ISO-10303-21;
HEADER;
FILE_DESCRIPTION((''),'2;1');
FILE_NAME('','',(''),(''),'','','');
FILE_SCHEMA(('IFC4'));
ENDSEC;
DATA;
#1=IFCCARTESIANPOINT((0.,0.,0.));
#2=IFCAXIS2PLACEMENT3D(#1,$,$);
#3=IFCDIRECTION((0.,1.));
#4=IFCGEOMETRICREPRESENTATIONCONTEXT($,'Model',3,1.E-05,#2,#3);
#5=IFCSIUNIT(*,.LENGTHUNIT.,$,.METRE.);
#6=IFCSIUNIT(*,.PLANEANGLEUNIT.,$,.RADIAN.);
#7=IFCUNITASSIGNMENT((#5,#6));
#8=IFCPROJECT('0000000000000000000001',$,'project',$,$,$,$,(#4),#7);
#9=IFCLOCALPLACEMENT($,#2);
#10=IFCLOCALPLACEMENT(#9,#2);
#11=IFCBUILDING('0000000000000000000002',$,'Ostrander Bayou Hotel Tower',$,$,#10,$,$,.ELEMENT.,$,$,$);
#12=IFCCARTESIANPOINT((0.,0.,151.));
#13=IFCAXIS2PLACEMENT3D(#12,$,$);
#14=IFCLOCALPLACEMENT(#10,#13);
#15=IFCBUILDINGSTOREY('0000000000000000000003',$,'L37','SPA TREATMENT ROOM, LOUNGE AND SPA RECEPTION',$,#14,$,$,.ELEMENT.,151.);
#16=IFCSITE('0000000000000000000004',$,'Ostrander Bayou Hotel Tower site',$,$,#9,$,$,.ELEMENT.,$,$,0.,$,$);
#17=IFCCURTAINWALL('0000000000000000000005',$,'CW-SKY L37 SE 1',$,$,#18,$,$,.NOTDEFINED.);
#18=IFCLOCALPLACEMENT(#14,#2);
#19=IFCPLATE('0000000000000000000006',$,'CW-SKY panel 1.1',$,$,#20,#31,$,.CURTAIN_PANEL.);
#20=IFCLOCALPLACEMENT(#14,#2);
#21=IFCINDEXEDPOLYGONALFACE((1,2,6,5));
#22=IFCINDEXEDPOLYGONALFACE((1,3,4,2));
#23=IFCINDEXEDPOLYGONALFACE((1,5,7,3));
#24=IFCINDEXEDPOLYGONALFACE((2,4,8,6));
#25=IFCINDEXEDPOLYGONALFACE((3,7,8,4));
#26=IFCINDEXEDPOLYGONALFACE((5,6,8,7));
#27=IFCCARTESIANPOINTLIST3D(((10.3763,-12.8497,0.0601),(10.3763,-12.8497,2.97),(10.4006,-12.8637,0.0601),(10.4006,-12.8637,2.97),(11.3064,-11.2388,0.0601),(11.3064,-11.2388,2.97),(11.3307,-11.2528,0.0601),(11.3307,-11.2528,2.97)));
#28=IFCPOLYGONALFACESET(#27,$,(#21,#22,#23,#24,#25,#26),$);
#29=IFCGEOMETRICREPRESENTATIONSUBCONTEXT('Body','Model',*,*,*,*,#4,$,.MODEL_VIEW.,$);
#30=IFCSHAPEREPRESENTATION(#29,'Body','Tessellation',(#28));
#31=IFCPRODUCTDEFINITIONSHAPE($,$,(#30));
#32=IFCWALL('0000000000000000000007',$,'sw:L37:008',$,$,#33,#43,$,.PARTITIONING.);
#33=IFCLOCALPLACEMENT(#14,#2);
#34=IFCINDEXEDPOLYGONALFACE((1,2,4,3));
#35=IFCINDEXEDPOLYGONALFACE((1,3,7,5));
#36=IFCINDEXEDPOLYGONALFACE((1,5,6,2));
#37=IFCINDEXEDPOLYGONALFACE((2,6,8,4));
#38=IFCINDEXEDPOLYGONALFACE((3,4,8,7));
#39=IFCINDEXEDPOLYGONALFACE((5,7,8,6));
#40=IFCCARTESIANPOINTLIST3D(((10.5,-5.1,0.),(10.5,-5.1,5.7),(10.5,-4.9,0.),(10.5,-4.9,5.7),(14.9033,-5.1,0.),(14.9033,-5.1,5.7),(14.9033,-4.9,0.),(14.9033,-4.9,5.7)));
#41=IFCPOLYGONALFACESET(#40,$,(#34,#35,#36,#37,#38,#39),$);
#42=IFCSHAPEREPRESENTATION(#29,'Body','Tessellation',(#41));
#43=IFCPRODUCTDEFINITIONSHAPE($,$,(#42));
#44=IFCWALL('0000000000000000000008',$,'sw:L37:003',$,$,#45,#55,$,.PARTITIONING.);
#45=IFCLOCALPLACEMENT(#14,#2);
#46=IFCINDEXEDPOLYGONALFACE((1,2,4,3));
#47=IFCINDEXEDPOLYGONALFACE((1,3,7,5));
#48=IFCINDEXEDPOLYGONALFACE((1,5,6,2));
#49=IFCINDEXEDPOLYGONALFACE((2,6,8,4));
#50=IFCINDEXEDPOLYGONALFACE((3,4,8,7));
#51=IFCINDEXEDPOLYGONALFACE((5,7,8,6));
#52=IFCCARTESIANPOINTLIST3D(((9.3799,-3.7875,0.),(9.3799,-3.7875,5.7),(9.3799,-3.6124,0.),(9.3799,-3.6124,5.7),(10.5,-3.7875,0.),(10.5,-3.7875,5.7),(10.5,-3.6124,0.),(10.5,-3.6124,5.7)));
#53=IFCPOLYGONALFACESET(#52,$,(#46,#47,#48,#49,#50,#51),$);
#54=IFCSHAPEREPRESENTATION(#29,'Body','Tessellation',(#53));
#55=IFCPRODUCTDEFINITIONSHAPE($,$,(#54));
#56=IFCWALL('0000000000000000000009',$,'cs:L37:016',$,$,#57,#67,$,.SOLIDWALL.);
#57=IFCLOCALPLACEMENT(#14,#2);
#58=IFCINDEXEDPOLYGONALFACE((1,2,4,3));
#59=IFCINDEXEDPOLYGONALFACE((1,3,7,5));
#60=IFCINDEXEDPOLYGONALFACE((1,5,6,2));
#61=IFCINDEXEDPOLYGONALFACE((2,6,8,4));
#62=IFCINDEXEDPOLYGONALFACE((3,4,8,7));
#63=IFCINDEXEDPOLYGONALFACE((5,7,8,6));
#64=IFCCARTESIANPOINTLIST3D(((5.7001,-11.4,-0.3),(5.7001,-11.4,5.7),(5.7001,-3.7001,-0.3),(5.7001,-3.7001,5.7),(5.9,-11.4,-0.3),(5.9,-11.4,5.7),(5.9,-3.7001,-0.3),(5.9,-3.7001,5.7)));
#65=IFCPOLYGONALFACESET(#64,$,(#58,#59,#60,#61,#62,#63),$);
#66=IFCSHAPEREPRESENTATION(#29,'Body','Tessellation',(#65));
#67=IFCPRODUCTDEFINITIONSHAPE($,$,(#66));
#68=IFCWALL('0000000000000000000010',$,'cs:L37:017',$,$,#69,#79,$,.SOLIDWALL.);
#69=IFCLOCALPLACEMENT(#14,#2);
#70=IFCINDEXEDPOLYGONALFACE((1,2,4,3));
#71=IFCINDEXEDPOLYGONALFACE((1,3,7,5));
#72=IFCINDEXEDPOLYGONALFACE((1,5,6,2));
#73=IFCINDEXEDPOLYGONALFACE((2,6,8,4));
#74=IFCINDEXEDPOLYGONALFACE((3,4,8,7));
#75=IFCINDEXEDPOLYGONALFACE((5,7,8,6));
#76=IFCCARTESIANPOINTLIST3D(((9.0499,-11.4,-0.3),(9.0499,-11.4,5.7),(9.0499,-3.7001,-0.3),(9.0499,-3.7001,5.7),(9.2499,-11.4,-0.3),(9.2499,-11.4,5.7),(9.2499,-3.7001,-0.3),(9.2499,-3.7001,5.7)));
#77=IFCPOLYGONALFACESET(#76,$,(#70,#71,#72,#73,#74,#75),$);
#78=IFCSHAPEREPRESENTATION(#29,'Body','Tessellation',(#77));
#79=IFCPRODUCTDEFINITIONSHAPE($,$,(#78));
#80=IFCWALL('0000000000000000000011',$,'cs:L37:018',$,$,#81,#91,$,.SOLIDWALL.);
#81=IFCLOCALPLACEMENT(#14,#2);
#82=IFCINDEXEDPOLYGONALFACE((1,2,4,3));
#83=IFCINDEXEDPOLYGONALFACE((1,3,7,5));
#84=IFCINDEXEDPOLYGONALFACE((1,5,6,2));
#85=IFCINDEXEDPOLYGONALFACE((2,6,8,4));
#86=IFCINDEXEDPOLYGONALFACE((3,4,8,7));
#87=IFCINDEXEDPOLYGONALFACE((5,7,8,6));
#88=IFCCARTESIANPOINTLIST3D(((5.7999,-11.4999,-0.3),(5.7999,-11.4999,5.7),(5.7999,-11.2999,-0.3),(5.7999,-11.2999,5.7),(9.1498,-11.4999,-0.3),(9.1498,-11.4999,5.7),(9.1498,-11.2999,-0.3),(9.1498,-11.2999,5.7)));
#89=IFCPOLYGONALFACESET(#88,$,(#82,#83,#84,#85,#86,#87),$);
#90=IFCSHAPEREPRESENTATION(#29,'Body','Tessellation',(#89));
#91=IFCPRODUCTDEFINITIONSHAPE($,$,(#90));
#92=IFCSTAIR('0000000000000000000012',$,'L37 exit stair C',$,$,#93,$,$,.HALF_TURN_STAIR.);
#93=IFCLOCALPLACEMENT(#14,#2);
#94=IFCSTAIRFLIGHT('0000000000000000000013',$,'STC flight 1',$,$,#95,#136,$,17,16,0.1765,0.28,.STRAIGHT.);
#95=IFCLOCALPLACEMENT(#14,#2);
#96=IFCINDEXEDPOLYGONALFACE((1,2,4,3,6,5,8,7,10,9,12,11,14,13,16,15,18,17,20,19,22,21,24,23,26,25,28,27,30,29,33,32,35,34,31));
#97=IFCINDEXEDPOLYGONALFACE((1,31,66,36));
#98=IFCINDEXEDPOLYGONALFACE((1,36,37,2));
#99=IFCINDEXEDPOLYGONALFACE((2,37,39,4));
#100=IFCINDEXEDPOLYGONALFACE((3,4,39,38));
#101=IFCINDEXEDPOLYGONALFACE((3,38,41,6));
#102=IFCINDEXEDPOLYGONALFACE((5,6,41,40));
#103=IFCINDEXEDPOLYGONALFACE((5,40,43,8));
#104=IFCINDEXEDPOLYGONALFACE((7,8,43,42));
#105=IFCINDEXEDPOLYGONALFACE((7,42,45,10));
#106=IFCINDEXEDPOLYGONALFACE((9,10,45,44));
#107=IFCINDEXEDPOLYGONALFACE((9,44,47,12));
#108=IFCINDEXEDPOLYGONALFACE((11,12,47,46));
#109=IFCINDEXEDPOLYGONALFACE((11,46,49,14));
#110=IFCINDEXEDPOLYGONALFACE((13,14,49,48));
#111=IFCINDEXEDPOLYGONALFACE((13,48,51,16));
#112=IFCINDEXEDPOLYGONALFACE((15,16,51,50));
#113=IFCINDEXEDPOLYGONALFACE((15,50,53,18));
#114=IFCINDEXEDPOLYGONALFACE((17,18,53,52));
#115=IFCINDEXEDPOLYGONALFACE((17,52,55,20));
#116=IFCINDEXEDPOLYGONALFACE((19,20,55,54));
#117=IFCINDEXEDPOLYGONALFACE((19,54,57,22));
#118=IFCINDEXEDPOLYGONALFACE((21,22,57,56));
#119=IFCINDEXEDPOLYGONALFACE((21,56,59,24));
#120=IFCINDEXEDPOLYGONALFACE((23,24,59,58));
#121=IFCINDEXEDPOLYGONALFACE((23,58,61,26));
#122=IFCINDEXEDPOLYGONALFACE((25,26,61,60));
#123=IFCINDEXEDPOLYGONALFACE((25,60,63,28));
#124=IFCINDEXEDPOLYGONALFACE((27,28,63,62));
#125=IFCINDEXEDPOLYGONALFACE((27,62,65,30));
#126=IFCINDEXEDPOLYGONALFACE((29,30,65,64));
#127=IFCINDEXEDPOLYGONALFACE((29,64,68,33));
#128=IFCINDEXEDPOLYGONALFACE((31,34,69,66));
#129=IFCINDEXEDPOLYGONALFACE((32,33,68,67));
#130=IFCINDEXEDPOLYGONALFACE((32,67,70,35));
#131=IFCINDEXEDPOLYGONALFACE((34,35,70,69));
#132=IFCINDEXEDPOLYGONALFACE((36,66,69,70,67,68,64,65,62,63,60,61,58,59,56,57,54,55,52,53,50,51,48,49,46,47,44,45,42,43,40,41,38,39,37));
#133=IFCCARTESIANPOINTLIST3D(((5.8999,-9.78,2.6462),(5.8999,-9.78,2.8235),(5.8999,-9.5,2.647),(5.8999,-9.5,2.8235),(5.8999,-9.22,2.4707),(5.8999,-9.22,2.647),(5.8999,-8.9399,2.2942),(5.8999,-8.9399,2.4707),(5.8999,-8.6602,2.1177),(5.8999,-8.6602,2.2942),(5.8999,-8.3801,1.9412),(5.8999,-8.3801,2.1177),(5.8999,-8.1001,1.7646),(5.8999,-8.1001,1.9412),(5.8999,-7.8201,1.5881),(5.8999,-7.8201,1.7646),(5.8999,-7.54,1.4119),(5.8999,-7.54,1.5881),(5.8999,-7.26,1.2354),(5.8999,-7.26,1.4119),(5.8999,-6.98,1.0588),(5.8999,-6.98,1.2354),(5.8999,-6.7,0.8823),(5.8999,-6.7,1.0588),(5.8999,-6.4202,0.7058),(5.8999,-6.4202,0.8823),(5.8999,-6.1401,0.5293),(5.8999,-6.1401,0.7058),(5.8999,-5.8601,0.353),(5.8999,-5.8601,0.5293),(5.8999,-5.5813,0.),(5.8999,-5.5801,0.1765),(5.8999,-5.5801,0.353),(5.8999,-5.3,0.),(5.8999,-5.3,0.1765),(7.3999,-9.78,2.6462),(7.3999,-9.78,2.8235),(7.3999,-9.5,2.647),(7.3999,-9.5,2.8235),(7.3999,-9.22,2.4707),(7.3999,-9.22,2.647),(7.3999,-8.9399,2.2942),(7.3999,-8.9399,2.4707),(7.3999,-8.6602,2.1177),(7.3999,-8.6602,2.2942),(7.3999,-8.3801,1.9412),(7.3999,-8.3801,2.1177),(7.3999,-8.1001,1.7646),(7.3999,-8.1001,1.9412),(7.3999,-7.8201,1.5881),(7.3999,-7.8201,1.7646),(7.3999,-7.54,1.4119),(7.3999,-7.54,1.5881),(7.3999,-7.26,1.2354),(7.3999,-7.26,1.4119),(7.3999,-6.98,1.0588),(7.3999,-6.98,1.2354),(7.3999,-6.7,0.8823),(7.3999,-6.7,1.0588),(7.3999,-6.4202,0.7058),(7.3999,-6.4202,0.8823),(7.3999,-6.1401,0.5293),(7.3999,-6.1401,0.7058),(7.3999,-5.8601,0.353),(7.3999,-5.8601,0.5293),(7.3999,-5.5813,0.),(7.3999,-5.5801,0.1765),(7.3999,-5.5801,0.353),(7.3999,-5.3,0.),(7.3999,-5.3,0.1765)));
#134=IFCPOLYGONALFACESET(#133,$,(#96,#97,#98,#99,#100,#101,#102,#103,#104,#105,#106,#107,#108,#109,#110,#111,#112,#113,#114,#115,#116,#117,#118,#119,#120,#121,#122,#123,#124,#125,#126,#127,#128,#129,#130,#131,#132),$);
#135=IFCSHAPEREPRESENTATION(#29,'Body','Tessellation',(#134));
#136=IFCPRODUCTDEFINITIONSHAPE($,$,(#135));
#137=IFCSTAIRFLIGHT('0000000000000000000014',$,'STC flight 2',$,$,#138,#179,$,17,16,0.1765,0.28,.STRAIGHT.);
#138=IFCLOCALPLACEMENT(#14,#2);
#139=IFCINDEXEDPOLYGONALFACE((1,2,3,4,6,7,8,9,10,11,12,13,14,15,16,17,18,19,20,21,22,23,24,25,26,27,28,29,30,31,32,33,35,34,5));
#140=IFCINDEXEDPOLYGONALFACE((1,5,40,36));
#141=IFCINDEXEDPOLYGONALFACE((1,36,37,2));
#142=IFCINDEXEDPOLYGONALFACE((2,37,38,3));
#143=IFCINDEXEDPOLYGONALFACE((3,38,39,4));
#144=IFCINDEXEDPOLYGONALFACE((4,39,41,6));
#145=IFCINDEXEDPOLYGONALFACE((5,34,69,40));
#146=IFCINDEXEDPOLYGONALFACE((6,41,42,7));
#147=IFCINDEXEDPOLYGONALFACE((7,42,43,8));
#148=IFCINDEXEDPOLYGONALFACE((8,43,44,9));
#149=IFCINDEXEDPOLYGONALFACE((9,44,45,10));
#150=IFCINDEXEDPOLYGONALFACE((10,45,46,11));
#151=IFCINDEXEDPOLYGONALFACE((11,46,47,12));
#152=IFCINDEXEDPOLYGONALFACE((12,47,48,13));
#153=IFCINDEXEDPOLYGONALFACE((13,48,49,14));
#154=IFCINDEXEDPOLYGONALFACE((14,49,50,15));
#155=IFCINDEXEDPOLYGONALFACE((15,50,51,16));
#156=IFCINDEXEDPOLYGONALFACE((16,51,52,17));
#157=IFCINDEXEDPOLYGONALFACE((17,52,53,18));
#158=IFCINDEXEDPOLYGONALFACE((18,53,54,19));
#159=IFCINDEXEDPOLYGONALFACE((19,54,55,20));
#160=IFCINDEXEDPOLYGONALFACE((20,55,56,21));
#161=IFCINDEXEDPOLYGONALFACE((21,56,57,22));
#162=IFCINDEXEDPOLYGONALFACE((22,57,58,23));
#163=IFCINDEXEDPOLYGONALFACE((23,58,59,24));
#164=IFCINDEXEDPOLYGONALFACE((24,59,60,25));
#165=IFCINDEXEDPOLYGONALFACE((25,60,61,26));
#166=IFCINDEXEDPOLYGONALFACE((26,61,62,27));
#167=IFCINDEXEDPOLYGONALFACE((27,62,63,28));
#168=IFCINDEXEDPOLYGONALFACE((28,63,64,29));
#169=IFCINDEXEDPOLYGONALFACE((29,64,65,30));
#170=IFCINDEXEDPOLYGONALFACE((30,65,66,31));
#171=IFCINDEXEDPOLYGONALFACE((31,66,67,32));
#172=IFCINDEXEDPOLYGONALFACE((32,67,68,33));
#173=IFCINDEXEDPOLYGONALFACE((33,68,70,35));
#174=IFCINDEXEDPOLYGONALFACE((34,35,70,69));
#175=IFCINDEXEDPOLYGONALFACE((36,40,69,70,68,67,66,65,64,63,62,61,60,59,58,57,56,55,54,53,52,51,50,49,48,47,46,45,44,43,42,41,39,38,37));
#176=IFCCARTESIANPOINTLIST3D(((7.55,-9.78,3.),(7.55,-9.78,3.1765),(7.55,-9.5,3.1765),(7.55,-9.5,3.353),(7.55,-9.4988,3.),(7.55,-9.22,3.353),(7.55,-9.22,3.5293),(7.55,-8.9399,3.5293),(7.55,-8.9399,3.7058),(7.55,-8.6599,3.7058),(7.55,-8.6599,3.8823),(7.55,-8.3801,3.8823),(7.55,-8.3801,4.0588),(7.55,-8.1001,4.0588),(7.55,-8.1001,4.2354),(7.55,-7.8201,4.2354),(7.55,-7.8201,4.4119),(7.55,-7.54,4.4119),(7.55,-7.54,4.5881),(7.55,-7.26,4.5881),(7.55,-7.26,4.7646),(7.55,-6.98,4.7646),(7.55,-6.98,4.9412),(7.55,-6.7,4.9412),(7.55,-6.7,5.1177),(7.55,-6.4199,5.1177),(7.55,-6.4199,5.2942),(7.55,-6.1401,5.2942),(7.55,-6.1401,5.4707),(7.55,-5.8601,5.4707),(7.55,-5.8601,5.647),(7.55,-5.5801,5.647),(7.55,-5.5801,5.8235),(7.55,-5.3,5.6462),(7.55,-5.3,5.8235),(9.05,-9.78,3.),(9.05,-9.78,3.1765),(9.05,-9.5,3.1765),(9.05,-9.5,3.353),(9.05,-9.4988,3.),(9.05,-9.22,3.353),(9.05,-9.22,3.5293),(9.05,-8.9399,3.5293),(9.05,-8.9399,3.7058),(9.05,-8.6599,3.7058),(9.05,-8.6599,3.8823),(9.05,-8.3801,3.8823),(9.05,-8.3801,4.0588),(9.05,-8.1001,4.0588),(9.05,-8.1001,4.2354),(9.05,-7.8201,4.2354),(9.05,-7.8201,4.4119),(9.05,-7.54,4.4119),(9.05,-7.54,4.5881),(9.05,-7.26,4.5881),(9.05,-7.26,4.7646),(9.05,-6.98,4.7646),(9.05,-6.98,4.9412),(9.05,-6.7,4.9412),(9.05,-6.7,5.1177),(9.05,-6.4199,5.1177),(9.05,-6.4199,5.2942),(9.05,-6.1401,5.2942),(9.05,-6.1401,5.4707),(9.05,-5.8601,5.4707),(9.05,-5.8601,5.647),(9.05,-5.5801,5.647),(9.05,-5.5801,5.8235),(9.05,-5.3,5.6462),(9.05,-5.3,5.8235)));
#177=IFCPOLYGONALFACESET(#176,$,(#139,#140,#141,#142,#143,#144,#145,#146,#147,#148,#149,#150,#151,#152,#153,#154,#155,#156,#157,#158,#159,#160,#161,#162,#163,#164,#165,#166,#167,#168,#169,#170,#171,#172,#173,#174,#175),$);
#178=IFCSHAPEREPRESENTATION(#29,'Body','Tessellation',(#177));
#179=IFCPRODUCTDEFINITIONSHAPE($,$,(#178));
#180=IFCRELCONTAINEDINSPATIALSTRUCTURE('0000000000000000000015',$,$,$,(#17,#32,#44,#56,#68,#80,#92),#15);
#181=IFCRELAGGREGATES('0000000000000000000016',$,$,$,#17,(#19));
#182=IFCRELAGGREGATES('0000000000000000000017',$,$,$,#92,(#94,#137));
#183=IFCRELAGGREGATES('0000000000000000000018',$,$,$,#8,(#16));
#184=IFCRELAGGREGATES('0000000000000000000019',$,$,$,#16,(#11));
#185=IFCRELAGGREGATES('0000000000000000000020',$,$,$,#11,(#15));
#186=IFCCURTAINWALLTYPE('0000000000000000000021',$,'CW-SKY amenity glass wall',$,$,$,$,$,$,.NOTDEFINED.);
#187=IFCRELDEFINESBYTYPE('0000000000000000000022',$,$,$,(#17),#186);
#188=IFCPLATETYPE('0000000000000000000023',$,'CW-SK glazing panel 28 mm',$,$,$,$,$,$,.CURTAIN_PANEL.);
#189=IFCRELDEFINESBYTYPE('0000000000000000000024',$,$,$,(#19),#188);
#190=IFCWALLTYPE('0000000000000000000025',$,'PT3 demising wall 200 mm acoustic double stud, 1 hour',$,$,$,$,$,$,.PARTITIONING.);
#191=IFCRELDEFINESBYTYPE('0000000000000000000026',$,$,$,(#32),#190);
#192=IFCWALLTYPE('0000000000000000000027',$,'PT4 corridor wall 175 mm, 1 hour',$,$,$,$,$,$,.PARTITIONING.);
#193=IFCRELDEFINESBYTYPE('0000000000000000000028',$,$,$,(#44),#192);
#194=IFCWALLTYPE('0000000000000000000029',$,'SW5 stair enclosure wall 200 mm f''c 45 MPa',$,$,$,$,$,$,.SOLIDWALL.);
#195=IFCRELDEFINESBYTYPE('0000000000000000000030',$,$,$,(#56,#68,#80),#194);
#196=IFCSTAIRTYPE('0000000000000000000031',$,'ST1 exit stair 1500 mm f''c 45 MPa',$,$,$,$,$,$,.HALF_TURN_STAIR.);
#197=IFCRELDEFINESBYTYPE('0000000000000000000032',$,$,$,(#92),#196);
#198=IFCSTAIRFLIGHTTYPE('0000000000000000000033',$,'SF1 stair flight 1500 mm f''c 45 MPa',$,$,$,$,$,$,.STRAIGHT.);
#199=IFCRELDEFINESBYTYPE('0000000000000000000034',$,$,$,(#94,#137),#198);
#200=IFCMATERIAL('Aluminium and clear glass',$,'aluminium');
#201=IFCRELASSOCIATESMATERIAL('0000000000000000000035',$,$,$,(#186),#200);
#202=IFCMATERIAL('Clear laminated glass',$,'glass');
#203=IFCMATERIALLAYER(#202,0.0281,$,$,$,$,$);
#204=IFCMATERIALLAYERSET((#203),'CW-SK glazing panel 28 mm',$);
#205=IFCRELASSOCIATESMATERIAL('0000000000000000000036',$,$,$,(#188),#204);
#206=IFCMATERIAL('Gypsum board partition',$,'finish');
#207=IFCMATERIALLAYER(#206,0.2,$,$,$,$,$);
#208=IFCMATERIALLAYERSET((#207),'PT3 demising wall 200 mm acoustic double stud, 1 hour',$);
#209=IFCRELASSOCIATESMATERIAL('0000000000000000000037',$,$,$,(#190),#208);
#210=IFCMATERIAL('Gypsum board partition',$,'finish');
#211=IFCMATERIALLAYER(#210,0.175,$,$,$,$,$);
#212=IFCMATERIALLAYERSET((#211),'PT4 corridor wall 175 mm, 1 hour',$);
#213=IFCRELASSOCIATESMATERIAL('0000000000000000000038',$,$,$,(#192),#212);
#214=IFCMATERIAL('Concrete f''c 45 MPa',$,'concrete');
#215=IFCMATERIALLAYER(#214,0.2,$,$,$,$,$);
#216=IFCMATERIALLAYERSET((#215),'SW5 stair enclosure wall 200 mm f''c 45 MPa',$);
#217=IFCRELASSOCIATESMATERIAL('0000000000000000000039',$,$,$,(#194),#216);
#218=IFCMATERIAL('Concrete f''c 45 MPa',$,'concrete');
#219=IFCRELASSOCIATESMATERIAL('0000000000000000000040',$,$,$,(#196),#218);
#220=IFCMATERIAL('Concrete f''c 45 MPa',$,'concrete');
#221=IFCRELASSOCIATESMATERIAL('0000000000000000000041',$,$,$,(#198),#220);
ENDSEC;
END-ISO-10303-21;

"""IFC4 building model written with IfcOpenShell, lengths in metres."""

from ifc_helpers import new_model, si_unit, direction, frame, frame_2d, origin, origin_2d, place, context, subcontext, project, spatial, polyline, rectangle, outline, extrude, material, layer, layer_set, type_object, element, aggregate, save


model = new_model("IFC4")

# Units and contexts
model_context = context("Model", 3, precision=1e-05, world=origin(), true_north=direction((0.0, 1.0)))
body_context = subcontext(model_context, "Body", "Model", "MODEL_VIEW")
ifc_project = project(units=[si_unit("LENGTHUNIT", "METRE"), si_unit("PLANEANGLEUNIT", "RADIAN")], contexts=[model_context])

# Site, building, storey
site_placement = place(None, origin())
site = spatial("IfcSite", under=ifc_project, at=site_placement, Name="Ostrander Bayou Hotel Tower site", CompositionType="ELEMENT", RefElevation=0.0)
building_placement = place(site_placement, origin())
building = spatial("IfcBuilding", under=site, at=building_placement, Name="Ostrander Bayou Hotel Tower", CompositionType="ELEMENT")
storey_placement = place(building_placement, frame((0.0, 0.0, 151.0)))
storey = spatial("IfcBuildingStorey", under=building, at=storey_placement, Name="L37", Description="SPA TREATMENT ROOM, LOUNGE AND SPA RECEPTION", CompositionType="ELEMENT", Elevation=151.0)

# Curtain wall, plate
ifc_material_1 = material(Name="Aluminium and clear glass", Category="aluminium")
curtain_wall_type = type_object("IfcCurtainWallType", Name="CW-SKY amenity glass wall", PredefinedType="NOTDEFINED", material=ifc_material_1)
curtain_wall_placement = place(storey_placement, origin())
curtain_wall = element("IfcCurtainWall", 1, at=curtain_wall_placement, inside=storey, type_object=curtain_wall_type, Name="CW-SKY L37 SE 1", PredefinedType="NOTDEFINED")
ifc_material_2 = material(Name="Clear laminated glass", Category="glass")
ifc_layer_1 = layer(ifc_material_2, 0.0281)
ifc_layer_set_1 = layer_set([ifc_layer_1], Name="CW-SK glazing panel 28 mm")
plate_type = type_object("IfcPlateType", Name="CW-SK glazing panel 28 mm", PredefinedType="CURTAIN_PANEL", material=ifc_layer_set_1)
plate_placement = place(storey_placement, frame((10.8535, -12.0513, 0.0601), z_axis=(0.0, 0.0, 1.0), x_axis=(0.5, 0.866025, 0.0)))
plate = element("IfcPlate", 2, at=plate_placement, type_object=plate_type, Name="CW-SKY panel 1.1", PredefinedType="CURTAIN_PANEL", context=body_context, shape_type="SweptSolid", body=[
    extrude(rectangle(XDim=1.8601, YDim=0.0281, at=origin_2d()), origin(), (0.0, 0.0, 1.0), 2.9099),
])
aggregate(curtain_wall, [plate])

# Walls
ifc_material_3 = material(Name="Gypsum board partition", Category="finish")
ifc_layer_2 = layer(ifc_material_3, 0.2)
ifc_layer_set_2 = layer_set([ifc_layer_2], Name="PT3 demising wall 200 mm acoustic double stud, 1 hour")
wall_type_1 = type_object("IfcWallType", Name="PT3 demising wall 200 mm acoustic double stud, 1 hour", PredefinedType="PARTITIONING", material=ifc_layer_set_2)
wall_1_placement = place(storey_placement, frame((10.5, -5.0, 0.0), z_axis=(0.0, 0.0, 1.0), x_axis=(1.0, 0.0, 0.0)))
element("IfcWall", 3, at=wall_1_placement, inside=storey, type_object=wall_type_1, Name="sw:L37:008", PredefinedType="PARTITIONING", context=body_context, shape_type="SweptSolid", body=[
    extrude(rectangle(XDim=4.4033, YDim=0.2, at=frame_2d((2.2017, 0.0))), origin(), (0.0, 0.0, 1.0), 5.7),
])
ifc_material_4 = material(Name="Gypsum board partition", Category="finish")
ifc_layer_3 = layer(ifc_material_4, 0.175)
ifc_layer_set_3 = layer_set([ifc_layer_3], Name="PT4 corridor wall 175 mm, 1 hour")
wall_type_2 = type_object("IfcWallType", Name="PT4 corridor wall 175 mm, 1 hour", PredefinedType="PARTITIONING", material=ifc_layer_set_3)
wall_2_placement = place(storey_placement, frame((9.3799, -3.7, 0.0), z_axis=(0.0, 0.0, 1.0), x_axis=(1.0, 0.0, 0.0)))
element("IfcWall", 4, at=wall_2_placement, inside=storey, type_object=wall_type_2, Name="sw:L37:003", PredefinedType="PARTITIONING", context=body_context, shape_type="SweptSolid", body=[
    extrude(rectangle(XDim=1.1201, YDim=0.175, at=frame_2d((0.5601, 0.0))), origin(), (0.0, 0.0, 1.0), 5.7),
])

# Shared definitions
ifc_material_5 = material(Name="Concrete f'c 45 MPa", Category="concrete")
ifc_layer_4 = layer(ifc_material_5, 0.2)
ifc_layer_set_4 = layer_set([ifc_layer_4], Name="SW5 stair enclosure wall 200 mm f'c 45 MPa")
wall_type_3 = type_object("IfcWallType", Name="SW5 stair enclosure wall 200 mm f'c 45 MPa", PredefinedType="SOLIDWALL", material=ifc_layer_set_4)

# Walls
for number, where, z_axis, x_axis, name in (
    (5, (5.8, -3.7, -0.3), (0.0, 0.0, 1.0), (0.0, -1.0, 0.0), "cs:L37:016"),
    (6, (9.1499, -3.7, -0.3), (0.0, 0.0, 1.0), (0.0, -1.0, 0.0), "cs:L37:017"),
):
    element("IfcWall", number, at=place(storey_placement, frame(where, z_axis=z_axis, x_axis=x_axis)), inside=storey, type_object=wall_type_3, Name=name, PredefinedType="SOLIDWALL", context=body_context, shape_type="SweptSolid", body=[
        extrude(rectangle(XDim=7.7, YDim=0.2, at=frame_2d((3.8501, 0.0))), origin(), (0.0, 0.0, 1.0), 6.0),
    ])
wall_3_placement = place(storey_placement, frame((5.8, -11.3999, -0.3), z_axis=(0.0, 0.0, 1.0), x_axis=(1.0, 0.0, 0.0)))
element("IfcWall", 7, at=wall_3_placement, inside=storey, type_object=wall_type_3, Name="cs:L37:018", PredefinedType="SOLIDWALL", context=body_context, shape_type="SweptSolid", body=[
    extrude(rectangle(XDim=3.3499, YDim=0.2, at=frame_2d((1.6748, 0.0))), origin(), (0.0, 0.0, 1.0), 6.0),
])

# Stair, stair flights
ifc_material_6 = material(Name="Concrete f'c 45 MPa", Category="concrete")
stair_type = type_object("IfcStairType", Name="ST1 exit stair 1500 mm f'c 45 MPa", PredefinedType="HALF_TURN_STAIR", material=ifc_material_6)
stair_placement = place(storey_placement, origin())
stair = element("IfcStair", 8, at=stair_placement, inside=storey, type_object=stair_type, Name="L37 exit stair C", PredefinedType="HALF_TURN_STAIR")
ifc_material_7 = material(Name="Concrete f'c 45 MPa", Category="concrete")
stair_flight_type = type_object("IfcStairFlightType", Name="SF1 stair flight 1500 mm f'c 45 MPa", PredefinedType="STRAIGHT", material=ifc_material_7)
stair_flight_1_placement = place(storey_placement, frame((6.6499, -5.3, 0.0), z_axis=(0.0, 0.0, 1.0), x_axis=(0.0, -1.0, 0.0)))
stair_flight_1 = element("IfcStairFlight", 9, at=stair_flight_1_placement, type_object=stair_flight_type, Name="STC flight 1", NumberOfRisers=17, NumberOfTreads=16, PredefinedType="STRAIGHT", RiserHeight=0.1765, TreadLength=0.28, context=body_context, shape_type="SweptSolid", body=[
    extrude(outline(polyline([(0.0, 0.0), (0.0, 0.1765), (0.28, 0.1765), (0.28, 0.353), (0.5601, 0.353), (0.5601, 0.5293), (0.8401, 0.5293), (0.8401, 0.7058), (1.1201, 0.7058), (1.1201, 0.8823), (1.3999, 0.8823), (1.3999, 1.0588), (1.6799, 1.0588), (1.6799, 1.2354), (1.96, 1.2354), (1.96, 1.4119), (2.24, 1.4119), (2.24, 1.5881), (2.52, 1.5881), (2.52, 1.7646), (2.8, 1.7646), (2.8, 1.9412), (3.0801, 1.9412), (3.0801, 2.1177), (3.3601, 2.1177), (3.3601, 2.2942), (3.6399, 2.2942), (3.6399, 2.4707), (3.9199, 2.4707), (3.9199, 2.647), (4.2, 2.647), (4.2, 2.8235), (4.48, 2.8235), (4.48, 3.0), (4.48, 2.6462), (0.2812, 0.0), (0.0, 0.0)])), frame((0.0, 0.75, 0.0), z_axis=(0.0, -1.0, 0.0), x_axis=(1.0, 0.0, 0.0)), (0.0, 0.0, 1.0), 1.5),
])
stair_flight_2_placement = place(storey_placement, frame((8.3, -9.78, 3.0), z_axis=(0.0, 0.0, 1.0), x_axis=(0.0, 1.0, 0.0)))
stair_flight_2 = element("IfcStairFlight", 10, at=stair_flight_2_placement, type_object=stair_flight_type, Name="STC flight 2", NumberOfRisers=17, NumberOfTreads=16, PredefinedType="STRAIGHT", RiserHeight=0.1765, TreadLength=0.28, context=body_context, shape_type="SweptSolid", body=[
    extrude(outline(polyline([(0.0, 0.0), (0.0, 0.1765), (0.28, 0.1765), (0.28, 0.353), (0.5601, 0.353), (0.5601, 0.5293), (0.8401, 0.5293), (0.8401, 0.7058), (1.1201, 0.7058), (1.1201, 0.8823), (1.3999, 0.8823), (1.3999, 1.0588), (1.6799, 1.0588), (1.6799, 1.2354), (1.96, 1.2354), (1.96, 1.4119), (2.24, 1.4119), (2.24, 1.5881), (2.52, 1.5881), (2.52, 1.7646), (2.8, 1.7646), (2.8, 1.9412), (3.0801, 1.9412), (3.0801, 2.1177), (3.3601, 2.1177), (3.3601, 2.2942), (3.6399, 2.2942), (3.6399, 2.4707), (3.9199, 2.4707), (3.9199, 2.647), (4.2, 2.647), (4.2, 2.8235), (4.48, 2.8235), (4.48, 3.0), (4.48, 2.6462), (0.2812, 0.0), (0.0, 0.0)])), frame((0.0, 0.75, 0.0), z_axis=(0.0, -1.0, 0.0), x_axis=(1.0, 0.0, 0.0)), (0.0, 0.0, 1.0), 1.5),
])
aggregate(stair, [stair_flight_1, stair_flight_2])

save(model, "model.ifc")
